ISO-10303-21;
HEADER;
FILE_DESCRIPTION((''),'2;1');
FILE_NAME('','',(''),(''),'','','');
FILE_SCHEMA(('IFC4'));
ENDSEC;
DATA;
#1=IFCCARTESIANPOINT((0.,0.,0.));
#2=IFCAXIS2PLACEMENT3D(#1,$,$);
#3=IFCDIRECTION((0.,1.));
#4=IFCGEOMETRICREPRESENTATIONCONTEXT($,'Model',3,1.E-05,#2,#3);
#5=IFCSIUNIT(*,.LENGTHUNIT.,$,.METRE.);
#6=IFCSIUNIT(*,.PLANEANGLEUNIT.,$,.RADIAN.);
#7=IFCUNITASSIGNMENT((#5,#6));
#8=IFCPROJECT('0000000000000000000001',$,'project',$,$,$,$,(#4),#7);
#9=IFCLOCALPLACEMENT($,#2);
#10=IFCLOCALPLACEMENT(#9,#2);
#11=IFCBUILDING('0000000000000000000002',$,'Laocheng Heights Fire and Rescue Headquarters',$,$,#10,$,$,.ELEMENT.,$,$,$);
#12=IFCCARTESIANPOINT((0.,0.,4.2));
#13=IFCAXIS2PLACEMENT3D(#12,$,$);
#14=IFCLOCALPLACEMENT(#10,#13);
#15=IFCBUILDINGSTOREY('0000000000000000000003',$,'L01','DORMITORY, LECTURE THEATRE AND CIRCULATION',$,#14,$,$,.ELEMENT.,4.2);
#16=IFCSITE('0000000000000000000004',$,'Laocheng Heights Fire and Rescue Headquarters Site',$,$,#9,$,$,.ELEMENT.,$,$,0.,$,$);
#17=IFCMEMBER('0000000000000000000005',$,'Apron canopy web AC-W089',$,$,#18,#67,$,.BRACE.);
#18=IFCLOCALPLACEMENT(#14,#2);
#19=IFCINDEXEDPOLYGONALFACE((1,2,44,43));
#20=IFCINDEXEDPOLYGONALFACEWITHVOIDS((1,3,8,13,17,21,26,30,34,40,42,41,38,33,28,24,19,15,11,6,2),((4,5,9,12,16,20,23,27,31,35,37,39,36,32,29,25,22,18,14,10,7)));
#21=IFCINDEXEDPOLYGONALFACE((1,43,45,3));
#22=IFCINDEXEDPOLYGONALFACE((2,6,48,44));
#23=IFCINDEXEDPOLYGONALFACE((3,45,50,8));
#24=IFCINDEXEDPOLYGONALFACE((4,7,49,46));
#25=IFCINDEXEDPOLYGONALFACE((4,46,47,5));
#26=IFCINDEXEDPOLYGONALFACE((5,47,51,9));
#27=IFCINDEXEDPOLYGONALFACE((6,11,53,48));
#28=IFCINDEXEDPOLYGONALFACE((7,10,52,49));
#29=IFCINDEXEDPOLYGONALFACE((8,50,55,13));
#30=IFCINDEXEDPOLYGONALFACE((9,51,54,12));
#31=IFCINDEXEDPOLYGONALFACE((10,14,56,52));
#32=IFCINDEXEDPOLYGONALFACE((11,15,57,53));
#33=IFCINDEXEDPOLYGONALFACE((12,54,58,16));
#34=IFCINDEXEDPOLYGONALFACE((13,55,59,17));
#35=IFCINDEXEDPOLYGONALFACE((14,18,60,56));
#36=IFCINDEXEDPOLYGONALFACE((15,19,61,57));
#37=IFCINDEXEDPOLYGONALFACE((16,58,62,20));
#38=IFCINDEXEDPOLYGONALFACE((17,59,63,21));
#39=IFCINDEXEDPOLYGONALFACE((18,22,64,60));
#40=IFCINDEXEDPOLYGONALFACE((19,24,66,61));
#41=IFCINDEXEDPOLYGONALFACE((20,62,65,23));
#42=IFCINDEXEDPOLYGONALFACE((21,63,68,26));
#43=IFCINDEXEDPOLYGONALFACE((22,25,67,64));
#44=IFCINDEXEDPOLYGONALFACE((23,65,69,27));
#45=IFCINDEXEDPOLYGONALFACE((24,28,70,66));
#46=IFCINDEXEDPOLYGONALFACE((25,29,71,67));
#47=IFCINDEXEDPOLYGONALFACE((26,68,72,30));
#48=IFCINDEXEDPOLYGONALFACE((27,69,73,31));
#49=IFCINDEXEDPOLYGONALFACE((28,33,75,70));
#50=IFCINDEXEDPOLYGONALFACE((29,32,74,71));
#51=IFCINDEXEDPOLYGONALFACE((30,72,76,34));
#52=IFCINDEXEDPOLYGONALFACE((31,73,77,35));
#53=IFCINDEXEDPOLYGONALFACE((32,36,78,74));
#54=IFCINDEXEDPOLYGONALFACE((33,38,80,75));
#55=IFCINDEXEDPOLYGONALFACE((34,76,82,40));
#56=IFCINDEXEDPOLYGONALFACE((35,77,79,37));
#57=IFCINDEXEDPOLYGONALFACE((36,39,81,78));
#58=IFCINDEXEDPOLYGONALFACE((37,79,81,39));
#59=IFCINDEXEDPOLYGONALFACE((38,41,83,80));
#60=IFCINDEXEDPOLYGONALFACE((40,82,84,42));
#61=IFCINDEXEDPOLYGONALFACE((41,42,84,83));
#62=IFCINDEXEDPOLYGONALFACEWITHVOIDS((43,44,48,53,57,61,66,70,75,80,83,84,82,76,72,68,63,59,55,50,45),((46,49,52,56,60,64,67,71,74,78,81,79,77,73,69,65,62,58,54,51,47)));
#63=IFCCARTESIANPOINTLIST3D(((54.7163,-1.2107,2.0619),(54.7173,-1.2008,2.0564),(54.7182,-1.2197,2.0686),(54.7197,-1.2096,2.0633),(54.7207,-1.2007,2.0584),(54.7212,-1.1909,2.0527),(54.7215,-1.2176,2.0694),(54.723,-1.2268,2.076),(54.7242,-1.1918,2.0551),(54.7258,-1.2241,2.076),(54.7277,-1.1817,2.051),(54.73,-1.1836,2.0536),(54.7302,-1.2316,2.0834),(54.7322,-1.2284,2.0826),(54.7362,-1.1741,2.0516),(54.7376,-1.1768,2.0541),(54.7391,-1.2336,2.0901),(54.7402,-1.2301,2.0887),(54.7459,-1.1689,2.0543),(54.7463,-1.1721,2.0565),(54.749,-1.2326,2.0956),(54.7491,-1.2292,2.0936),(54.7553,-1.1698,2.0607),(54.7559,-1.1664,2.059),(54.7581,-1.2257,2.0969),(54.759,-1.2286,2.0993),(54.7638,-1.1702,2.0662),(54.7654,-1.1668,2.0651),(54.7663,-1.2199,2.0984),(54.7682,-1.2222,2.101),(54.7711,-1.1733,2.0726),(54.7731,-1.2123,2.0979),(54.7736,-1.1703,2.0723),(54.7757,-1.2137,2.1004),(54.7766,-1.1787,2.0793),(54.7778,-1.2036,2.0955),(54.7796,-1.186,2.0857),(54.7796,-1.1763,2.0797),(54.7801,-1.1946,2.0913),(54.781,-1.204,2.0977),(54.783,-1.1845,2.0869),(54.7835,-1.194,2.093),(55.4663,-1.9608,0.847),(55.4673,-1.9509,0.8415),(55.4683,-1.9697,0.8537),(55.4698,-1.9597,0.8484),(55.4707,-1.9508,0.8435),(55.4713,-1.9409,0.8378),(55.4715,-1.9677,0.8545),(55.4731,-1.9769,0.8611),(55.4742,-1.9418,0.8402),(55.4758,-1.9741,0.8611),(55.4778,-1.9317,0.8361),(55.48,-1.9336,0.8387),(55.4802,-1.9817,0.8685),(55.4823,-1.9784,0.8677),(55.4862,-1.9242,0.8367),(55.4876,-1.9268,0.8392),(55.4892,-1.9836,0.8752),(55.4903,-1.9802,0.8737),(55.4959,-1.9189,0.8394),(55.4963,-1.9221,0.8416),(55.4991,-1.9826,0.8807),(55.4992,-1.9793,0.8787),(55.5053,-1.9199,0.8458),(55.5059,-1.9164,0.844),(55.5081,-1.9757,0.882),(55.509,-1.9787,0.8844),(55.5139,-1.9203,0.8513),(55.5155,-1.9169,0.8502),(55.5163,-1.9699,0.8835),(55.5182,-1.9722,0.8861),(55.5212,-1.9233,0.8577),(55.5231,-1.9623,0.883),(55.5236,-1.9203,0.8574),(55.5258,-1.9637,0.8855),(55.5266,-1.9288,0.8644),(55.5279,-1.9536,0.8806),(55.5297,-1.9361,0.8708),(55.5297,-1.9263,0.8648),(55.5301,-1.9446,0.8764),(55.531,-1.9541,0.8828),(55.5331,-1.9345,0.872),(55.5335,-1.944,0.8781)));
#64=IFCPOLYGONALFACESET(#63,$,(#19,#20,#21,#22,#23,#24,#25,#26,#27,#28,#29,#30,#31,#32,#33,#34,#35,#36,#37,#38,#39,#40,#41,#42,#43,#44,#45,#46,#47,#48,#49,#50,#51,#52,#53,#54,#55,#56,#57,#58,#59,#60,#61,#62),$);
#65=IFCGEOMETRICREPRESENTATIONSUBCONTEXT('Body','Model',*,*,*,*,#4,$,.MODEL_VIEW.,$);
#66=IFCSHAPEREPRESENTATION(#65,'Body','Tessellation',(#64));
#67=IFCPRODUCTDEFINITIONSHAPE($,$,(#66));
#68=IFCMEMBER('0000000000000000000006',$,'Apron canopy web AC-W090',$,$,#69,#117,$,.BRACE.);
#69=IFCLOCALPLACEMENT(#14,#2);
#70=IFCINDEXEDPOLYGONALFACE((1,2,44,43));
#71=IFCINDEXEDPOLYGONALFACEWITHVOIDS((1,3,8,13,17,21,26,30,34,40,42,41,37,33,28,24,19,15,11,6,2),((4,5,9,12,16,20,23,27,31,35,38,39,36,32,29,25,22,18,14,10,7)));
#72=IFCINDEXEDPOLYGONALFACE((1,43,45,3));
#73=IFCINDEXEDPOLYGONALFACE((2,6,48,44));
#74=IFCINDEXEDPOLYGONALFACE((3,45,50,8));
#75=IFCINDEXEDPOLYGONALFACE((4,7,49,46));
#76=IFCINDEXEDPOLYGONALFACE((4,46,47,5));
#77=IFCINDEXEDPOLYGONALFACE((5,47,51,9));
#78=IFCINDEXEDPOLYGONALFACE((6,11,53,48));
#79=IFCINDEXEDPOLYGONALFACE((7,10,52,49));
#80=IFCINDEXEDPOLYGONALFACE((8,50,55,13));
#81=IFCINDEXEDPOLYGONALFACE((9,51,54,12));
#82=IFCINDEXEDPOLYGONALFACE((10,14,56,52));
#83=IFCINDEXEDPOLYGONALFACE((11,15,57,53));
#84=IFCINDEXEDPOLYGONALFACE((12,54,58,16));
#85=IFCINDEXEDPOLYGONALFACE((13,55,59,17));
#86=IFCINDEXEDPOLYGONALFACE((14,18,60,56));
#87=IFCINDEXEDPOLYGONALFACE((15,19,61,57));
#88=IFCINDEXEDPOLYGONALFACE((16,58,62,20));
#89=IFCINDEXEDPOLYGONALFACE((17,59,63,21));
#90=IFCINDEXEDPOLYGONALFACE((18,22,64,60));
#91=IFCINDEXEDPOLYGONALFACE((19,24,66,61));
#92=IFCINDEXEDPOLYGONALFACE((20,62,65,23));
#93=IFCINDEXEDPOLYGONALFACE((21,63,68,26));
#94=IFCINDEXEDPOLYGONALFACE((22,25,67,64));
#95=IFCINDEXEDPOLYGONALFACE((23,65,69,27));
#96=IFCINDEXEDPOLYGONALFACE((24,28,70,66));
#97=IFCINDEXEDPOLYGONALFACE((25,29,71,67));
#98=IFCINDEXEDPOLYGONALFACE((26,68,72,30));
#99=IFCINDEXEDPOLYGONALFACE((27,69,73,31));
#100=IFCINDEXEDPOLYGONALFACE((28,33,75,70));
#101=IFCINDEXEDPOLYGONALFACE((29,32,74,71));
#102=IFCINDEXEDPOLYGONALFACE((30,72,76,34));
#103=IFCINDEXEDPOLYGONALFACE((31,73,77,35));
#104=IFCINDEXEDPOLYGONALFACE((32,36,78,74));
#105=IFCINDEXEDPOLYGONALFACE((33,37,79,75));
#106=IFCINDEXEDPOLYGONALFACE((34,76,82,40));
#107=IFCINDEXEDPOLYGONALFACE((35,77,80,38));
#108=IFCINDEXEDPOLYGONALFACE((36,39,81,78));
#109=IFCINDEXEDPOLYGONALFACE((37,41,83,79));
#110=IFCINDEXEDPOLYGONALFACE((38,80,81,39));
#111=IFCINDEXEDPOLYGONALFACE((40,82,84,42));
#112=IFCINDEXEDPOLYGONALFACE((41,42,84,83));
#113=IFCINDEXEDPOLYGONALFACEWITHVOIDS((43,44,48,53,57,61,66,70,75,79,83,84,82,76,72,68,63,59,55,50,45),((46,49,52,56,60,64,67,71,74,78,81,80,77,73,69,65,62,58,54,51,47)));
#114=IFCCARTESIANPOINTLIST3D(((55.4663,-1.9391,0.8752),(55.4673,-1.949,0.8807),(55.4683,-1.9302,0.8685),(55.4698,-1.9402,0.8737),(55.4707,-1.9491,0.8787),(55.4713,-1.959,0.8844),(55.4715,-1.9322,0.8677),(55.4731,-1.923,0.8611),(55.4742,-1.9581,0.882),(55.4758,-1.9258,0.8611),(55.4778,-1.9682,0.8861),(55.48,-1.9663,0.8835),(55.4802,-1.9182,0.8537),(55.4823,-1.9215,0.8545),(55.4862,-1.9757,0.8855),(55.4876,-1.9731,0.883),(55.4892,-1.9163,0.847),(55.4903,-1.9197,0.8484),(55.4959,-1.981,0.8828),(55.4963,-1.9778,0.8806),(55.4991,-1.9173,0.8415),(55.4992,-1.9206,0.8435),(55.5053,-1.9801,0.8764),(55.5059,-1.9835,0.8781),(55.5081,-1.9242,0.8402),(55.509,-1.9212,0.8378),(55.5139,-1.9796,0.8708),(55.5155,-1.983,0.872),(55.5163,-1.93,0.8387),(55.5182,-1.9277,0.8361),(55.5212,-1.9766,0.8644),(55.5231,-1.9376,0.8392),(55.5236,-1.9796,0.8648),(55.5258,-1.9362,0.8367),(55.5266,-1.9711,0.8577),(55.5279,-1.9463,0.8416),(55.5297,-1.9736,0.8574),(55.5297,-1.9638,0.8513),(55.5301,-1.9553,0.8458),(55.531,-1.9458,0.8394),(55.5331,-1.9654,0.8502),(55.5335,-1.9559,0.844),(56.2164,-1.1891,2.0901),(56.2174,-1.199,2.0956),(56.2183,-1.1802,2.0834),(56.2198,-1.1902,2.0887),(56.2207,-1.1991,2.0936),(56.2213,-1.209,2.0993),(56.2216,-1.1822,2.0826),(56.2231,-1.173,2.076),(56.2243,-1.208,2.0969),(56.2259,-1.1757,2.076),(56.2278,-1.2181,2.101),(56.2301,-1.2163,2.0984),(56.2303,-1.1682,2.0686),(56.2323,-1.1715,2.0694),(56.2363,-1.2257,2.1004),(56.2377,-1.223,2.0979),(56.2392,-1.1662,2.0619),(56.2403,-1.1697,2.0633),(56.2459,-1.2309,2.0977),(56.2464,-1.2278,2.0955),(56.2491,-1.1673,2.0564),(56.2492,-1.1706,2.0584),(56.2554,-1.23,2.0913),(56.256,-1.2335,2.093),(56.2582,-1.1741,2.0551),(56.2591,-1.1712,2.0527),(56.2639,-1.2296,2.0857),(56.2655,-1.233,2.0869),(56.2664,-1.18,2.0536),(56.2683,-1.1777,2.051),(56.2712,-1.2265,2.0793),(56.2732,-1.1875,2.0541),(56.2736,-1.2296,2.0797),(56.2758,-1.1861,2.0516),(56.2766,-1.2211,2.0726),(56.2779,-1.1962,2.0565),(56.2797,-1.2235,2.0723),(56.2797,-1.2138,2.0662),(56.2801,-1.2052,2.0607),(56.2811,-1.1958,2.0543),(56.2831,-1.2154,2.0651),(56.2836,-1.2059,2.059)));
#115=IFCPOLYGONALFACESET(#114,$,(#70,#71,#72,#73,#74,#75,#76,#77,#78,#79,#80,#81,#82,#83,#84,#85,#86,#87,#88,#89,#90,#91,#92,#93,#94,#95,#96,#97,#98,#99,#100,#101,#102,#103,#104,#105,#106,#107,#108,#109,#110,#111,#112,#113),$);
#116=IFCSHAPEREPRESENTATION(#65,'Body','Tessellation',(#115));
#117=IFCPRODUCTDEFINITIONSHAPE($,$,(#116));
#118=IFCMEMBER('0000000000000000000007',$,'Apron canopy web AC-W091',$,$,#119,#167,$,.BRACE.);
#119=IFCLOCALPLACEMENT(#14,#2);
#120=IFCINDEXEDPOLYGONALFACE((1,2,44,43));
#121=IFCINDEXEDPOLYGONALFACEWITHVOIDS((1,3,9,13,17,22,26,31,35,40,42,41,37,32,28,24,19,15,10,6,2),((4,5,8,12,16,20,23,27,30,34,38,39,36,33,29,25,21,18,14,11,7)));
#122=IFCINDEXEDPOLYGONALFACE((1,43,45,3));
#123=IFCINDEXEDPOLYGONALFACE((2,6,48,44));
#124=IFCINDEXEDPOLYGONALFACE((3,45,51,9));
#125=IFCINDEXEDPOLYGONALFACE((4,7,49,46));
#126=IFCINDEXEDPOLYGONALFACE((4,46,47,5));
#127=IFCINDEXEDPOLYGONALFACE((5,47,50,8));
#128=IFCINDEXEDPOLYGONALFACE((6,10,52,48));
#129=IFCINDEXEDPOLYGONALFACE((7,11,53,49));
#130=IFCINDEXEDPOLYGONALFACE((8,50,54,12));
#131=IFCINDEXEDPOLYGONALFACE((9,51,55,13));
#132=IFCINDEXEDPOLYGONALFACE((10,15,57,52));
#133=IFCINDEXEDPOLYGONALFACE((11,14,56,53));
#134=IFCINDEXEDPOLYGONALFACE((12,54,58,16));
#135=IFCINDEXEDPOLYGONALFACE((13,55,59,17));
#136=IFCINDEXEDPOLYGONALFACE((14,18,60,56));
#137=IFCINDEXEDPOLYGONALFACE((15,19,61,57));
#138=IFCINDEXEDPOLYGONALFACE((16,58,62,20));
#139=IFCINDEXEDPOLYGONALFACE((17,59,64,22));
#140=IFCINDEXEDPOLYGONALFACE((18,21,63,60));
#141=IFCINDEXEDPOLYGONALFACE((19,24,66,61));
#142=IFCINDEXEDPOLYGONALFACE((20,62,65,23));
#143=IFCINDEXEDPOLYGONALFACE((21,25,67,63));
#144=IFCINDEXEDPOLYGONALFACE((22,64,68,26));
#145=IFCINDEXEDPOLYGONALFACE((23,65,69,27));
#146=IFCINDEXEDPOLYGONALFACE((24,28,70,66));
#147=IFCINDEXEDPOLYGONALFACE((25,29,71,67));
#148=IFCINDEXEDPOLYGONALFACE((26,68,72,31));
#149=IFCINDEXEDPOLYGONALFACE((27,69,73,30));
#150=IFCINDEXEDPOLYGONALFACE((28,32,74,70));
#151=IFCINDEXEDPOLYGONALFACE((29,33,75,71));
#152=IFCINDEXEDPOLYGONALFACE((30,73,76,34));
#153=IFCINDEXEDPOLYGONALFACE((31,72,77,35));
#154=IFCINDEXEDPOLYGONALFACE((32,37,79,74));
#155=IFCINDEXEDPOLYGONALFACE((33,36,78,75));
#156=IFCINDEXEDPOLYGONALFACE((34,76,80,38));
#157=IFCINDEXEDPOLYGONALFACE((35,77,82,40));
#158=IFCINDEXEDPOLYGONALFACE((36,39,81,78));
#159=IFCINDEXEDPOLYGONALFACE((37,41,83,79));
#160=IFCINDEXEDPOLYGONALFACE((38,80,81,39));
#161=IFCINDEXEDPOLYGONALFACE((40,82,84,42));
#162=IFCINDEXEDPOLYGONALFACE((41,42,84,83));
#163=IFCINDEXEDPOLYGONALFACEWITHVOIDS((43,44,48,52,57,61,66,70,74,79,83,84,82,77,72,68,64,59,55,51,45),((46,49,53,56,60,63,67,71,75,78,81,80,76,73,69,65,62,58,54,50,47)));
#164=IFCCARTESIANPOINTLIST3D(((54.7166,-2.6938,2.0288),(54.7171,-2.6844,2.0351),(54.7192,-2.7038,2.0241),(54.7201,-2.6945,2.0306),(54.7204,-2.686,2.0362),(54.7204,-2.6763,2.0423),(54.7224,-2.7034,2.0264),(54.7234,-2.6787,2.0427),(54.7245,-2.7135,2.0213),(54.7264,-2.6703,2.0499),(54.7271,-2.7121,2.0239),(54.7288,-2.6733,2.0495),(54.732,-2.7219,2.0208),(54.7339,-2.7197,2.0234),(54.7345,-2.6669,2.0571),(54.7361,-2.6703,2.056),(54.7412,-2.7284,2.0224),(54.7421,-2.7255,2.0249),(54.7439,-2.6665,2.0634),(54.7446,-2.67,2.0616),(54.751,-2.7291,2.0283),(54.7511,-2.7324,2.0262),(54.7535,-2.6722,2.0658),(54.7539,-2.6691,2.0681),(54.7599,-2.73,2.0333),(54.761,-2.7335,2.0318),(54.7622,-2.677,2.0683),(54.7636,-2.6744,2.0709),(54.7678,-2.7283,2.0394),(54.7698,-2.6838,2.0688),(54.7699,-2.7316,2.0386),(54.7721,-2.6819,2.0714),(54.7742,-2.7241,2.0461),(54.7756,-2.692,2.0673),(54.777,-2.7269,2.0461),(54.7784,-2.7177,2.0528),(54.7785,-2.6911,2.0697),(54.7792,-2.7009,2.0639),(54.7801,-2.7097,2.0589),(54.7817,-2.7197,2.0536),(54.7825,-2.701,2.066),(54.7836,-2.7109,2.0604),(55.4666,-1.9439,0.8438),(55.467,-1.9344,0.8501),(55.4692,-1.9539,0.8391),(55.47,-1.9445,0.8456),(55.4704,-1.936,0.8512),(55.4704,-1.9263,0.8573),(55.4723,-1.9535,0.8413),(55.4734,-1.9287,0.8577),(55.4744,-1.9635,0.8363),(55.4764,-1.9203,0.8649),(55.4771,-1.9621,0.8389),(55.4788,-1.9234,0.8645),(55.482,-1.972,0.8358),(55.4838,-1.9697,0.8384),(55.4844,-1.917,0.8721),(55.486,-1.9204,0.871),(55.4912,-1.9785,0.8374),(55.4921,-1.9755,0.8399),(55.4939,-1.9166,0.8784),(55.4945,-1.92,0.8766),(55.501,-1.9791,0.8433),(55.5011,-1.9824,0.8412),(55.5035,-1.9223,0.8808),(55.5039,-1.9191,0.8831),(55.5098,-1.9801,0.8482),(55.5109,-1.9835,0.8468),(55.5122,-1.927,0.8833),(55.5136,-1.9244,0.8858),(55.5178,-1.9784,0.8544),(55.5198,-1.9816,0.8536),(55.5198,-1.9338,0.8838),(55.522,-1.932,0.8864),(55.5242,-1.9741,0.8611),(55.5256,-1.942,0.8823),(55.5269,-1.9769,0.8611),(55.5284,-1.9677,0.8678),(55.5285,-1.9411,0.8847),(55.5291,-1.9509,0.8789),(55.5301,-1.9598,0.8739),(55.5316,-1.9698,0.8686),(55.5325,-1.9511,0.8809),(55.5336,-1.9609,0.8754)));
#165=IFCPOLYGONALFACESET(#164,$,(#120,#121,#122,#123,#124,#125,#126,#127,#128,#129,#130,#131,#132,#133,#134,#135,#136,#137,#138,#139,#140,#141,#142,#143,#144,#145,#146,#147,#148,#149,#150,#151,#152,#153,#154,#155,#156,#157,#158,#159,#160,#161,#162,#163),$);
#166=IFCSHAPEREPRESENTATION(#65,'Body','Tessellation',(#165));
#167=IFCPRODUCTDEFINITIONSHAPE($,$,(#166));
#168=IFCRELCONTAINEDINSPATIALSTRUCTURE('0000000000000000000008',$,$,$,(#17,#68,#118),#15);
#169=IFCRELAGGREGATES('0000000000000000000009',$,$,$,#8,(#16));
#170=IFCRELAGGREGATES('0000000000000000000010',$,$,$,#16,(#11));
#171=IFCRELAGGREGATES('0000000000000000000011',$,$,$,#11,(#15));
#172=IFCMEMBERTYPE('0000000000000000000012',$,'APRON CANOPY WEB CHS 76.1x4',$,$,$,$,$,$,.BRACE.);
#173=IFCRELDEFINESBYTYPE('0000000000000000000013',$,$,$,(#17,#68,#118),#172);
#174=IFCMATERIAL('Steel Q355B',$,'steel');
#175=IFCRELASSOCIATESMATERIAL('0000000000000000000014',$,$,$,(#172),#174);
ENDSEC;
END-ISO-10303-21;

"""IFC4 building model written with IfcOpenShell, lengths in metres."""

from ifc_helpers import new_model, si_unit, direction, frame, origin, origin_2d, place, context, subcontext, project, spatial, hollow_circle, extrude, material, material_profile, profile_set, type_object, element, save


model = new_model("IFC4")

# Units and contexts
model_context = context("Model", 3, precision=1e-05, world=origin(), true_north=direction((0.0, 1.0)))
body_context = subcontext(model_context, "Body", "Model", "MODEL_VIEW")
ifc_project = project(units=[si_unit("LENGTHUNIT", "METRE"), si_unit("PLANEANGLEUNIT", "RADIAN")], contexts=[model_context])

# Site, building, storey
site_placement = place(None, origin())
site = spatial("IfcSite", under=ifc_project, at=site_placement, Name="Laocheng Heights Fire and Rescue Headquarters Site", CompositionType="ELEMENT", RefElevation=0.0)
building_placement = place(site_placement, origin())
building = spatial("IfcBuilding", under=site, at=building_placement, Name="Laocheng Heights Fire and Rescue Headquarters", CompositionType="ELEMENT")
storey_placement = place(building_placement, frame((0.0, 0.0, 4.2)))
storey = spatial("IfcBuildingStorey", under=building, at=storey_placement, Name="L01", Description="DORMITORY, LECTURE THEATRE AND CIRCULATION", CompositionType="ELEMENT", Elevation=4.2)

# Members
ifc_material_1 = material(Name="Steel Q355B", Category="steel")
ifc_material_profile_1 = material_profile(ifc_material_1, hollow_circle(Radius=0.0381, WallThickness=0.0039, at=origin_2d()), Name="CHS 76.1x4")
ifc_profile_set_1 = profile_set([ifc_material_profile_1], Name="Steel Q355B")
member_type_1 = type_object("IfcMemberType", Name="APRON CANOPY WEB CHS 76.1x4", PredefinedType="BRACE", material=ifc_profile_set_1)
for number, where, z_axis, x_axis, name in (
    (1, (55.5, -1.95, 0.8611), (-0.465055, 0.465055, 0.753292), (-0.707107, -0.707107, 0.0), "Apron canopy web AC-W089"),
    (2, (55.5, -1.95, 0.8611), (0.465055, 0.465055, 0.753292), (-0.707107, 0.707107, 0.0), "Apron canopy web AC-W090"),
):
    element("IfcMember", number, at=place(storey_placement, frame(where, z_axis=z_axis, x_axis=x_axis)), inside=storey, type_object=member_type_1, Name=name, PredefinedType="BRACE", context=body_context, shape_type="SweptSolid", body=[
        extrude(hollow_circle(Radius=0.0381, WallThickness=0.0039, at=origin_2d()), origin(), (0.0, 0.0, 1.0), 1.6128),
    ])
for number, where, z_axis, x_axis, name in (
    (3, (55.5, -1.95, 0.8611), (-0.47158, -0.47158, 0.745134), (0.707107, -0.707107, 0.0), "Apron canopy web AC-W091"),
):
    element("IfcMember", number, at=place(storey_placement, frame(where, z_axis=z_axis, x_axis=x_axis)), inside=storey, type_object=member_type_1, Name=name, PredefinedType="BRACE", context=body_context, shape_type="SweptSolid", body=[
        extrude(hollow_circle(Radius=0.0381, WallThickness=0.0039, at=origin_2d()), origin(), (0.0, 0.0, 1.0), 1.5903),
    ])

save(model, "model.ifc")
